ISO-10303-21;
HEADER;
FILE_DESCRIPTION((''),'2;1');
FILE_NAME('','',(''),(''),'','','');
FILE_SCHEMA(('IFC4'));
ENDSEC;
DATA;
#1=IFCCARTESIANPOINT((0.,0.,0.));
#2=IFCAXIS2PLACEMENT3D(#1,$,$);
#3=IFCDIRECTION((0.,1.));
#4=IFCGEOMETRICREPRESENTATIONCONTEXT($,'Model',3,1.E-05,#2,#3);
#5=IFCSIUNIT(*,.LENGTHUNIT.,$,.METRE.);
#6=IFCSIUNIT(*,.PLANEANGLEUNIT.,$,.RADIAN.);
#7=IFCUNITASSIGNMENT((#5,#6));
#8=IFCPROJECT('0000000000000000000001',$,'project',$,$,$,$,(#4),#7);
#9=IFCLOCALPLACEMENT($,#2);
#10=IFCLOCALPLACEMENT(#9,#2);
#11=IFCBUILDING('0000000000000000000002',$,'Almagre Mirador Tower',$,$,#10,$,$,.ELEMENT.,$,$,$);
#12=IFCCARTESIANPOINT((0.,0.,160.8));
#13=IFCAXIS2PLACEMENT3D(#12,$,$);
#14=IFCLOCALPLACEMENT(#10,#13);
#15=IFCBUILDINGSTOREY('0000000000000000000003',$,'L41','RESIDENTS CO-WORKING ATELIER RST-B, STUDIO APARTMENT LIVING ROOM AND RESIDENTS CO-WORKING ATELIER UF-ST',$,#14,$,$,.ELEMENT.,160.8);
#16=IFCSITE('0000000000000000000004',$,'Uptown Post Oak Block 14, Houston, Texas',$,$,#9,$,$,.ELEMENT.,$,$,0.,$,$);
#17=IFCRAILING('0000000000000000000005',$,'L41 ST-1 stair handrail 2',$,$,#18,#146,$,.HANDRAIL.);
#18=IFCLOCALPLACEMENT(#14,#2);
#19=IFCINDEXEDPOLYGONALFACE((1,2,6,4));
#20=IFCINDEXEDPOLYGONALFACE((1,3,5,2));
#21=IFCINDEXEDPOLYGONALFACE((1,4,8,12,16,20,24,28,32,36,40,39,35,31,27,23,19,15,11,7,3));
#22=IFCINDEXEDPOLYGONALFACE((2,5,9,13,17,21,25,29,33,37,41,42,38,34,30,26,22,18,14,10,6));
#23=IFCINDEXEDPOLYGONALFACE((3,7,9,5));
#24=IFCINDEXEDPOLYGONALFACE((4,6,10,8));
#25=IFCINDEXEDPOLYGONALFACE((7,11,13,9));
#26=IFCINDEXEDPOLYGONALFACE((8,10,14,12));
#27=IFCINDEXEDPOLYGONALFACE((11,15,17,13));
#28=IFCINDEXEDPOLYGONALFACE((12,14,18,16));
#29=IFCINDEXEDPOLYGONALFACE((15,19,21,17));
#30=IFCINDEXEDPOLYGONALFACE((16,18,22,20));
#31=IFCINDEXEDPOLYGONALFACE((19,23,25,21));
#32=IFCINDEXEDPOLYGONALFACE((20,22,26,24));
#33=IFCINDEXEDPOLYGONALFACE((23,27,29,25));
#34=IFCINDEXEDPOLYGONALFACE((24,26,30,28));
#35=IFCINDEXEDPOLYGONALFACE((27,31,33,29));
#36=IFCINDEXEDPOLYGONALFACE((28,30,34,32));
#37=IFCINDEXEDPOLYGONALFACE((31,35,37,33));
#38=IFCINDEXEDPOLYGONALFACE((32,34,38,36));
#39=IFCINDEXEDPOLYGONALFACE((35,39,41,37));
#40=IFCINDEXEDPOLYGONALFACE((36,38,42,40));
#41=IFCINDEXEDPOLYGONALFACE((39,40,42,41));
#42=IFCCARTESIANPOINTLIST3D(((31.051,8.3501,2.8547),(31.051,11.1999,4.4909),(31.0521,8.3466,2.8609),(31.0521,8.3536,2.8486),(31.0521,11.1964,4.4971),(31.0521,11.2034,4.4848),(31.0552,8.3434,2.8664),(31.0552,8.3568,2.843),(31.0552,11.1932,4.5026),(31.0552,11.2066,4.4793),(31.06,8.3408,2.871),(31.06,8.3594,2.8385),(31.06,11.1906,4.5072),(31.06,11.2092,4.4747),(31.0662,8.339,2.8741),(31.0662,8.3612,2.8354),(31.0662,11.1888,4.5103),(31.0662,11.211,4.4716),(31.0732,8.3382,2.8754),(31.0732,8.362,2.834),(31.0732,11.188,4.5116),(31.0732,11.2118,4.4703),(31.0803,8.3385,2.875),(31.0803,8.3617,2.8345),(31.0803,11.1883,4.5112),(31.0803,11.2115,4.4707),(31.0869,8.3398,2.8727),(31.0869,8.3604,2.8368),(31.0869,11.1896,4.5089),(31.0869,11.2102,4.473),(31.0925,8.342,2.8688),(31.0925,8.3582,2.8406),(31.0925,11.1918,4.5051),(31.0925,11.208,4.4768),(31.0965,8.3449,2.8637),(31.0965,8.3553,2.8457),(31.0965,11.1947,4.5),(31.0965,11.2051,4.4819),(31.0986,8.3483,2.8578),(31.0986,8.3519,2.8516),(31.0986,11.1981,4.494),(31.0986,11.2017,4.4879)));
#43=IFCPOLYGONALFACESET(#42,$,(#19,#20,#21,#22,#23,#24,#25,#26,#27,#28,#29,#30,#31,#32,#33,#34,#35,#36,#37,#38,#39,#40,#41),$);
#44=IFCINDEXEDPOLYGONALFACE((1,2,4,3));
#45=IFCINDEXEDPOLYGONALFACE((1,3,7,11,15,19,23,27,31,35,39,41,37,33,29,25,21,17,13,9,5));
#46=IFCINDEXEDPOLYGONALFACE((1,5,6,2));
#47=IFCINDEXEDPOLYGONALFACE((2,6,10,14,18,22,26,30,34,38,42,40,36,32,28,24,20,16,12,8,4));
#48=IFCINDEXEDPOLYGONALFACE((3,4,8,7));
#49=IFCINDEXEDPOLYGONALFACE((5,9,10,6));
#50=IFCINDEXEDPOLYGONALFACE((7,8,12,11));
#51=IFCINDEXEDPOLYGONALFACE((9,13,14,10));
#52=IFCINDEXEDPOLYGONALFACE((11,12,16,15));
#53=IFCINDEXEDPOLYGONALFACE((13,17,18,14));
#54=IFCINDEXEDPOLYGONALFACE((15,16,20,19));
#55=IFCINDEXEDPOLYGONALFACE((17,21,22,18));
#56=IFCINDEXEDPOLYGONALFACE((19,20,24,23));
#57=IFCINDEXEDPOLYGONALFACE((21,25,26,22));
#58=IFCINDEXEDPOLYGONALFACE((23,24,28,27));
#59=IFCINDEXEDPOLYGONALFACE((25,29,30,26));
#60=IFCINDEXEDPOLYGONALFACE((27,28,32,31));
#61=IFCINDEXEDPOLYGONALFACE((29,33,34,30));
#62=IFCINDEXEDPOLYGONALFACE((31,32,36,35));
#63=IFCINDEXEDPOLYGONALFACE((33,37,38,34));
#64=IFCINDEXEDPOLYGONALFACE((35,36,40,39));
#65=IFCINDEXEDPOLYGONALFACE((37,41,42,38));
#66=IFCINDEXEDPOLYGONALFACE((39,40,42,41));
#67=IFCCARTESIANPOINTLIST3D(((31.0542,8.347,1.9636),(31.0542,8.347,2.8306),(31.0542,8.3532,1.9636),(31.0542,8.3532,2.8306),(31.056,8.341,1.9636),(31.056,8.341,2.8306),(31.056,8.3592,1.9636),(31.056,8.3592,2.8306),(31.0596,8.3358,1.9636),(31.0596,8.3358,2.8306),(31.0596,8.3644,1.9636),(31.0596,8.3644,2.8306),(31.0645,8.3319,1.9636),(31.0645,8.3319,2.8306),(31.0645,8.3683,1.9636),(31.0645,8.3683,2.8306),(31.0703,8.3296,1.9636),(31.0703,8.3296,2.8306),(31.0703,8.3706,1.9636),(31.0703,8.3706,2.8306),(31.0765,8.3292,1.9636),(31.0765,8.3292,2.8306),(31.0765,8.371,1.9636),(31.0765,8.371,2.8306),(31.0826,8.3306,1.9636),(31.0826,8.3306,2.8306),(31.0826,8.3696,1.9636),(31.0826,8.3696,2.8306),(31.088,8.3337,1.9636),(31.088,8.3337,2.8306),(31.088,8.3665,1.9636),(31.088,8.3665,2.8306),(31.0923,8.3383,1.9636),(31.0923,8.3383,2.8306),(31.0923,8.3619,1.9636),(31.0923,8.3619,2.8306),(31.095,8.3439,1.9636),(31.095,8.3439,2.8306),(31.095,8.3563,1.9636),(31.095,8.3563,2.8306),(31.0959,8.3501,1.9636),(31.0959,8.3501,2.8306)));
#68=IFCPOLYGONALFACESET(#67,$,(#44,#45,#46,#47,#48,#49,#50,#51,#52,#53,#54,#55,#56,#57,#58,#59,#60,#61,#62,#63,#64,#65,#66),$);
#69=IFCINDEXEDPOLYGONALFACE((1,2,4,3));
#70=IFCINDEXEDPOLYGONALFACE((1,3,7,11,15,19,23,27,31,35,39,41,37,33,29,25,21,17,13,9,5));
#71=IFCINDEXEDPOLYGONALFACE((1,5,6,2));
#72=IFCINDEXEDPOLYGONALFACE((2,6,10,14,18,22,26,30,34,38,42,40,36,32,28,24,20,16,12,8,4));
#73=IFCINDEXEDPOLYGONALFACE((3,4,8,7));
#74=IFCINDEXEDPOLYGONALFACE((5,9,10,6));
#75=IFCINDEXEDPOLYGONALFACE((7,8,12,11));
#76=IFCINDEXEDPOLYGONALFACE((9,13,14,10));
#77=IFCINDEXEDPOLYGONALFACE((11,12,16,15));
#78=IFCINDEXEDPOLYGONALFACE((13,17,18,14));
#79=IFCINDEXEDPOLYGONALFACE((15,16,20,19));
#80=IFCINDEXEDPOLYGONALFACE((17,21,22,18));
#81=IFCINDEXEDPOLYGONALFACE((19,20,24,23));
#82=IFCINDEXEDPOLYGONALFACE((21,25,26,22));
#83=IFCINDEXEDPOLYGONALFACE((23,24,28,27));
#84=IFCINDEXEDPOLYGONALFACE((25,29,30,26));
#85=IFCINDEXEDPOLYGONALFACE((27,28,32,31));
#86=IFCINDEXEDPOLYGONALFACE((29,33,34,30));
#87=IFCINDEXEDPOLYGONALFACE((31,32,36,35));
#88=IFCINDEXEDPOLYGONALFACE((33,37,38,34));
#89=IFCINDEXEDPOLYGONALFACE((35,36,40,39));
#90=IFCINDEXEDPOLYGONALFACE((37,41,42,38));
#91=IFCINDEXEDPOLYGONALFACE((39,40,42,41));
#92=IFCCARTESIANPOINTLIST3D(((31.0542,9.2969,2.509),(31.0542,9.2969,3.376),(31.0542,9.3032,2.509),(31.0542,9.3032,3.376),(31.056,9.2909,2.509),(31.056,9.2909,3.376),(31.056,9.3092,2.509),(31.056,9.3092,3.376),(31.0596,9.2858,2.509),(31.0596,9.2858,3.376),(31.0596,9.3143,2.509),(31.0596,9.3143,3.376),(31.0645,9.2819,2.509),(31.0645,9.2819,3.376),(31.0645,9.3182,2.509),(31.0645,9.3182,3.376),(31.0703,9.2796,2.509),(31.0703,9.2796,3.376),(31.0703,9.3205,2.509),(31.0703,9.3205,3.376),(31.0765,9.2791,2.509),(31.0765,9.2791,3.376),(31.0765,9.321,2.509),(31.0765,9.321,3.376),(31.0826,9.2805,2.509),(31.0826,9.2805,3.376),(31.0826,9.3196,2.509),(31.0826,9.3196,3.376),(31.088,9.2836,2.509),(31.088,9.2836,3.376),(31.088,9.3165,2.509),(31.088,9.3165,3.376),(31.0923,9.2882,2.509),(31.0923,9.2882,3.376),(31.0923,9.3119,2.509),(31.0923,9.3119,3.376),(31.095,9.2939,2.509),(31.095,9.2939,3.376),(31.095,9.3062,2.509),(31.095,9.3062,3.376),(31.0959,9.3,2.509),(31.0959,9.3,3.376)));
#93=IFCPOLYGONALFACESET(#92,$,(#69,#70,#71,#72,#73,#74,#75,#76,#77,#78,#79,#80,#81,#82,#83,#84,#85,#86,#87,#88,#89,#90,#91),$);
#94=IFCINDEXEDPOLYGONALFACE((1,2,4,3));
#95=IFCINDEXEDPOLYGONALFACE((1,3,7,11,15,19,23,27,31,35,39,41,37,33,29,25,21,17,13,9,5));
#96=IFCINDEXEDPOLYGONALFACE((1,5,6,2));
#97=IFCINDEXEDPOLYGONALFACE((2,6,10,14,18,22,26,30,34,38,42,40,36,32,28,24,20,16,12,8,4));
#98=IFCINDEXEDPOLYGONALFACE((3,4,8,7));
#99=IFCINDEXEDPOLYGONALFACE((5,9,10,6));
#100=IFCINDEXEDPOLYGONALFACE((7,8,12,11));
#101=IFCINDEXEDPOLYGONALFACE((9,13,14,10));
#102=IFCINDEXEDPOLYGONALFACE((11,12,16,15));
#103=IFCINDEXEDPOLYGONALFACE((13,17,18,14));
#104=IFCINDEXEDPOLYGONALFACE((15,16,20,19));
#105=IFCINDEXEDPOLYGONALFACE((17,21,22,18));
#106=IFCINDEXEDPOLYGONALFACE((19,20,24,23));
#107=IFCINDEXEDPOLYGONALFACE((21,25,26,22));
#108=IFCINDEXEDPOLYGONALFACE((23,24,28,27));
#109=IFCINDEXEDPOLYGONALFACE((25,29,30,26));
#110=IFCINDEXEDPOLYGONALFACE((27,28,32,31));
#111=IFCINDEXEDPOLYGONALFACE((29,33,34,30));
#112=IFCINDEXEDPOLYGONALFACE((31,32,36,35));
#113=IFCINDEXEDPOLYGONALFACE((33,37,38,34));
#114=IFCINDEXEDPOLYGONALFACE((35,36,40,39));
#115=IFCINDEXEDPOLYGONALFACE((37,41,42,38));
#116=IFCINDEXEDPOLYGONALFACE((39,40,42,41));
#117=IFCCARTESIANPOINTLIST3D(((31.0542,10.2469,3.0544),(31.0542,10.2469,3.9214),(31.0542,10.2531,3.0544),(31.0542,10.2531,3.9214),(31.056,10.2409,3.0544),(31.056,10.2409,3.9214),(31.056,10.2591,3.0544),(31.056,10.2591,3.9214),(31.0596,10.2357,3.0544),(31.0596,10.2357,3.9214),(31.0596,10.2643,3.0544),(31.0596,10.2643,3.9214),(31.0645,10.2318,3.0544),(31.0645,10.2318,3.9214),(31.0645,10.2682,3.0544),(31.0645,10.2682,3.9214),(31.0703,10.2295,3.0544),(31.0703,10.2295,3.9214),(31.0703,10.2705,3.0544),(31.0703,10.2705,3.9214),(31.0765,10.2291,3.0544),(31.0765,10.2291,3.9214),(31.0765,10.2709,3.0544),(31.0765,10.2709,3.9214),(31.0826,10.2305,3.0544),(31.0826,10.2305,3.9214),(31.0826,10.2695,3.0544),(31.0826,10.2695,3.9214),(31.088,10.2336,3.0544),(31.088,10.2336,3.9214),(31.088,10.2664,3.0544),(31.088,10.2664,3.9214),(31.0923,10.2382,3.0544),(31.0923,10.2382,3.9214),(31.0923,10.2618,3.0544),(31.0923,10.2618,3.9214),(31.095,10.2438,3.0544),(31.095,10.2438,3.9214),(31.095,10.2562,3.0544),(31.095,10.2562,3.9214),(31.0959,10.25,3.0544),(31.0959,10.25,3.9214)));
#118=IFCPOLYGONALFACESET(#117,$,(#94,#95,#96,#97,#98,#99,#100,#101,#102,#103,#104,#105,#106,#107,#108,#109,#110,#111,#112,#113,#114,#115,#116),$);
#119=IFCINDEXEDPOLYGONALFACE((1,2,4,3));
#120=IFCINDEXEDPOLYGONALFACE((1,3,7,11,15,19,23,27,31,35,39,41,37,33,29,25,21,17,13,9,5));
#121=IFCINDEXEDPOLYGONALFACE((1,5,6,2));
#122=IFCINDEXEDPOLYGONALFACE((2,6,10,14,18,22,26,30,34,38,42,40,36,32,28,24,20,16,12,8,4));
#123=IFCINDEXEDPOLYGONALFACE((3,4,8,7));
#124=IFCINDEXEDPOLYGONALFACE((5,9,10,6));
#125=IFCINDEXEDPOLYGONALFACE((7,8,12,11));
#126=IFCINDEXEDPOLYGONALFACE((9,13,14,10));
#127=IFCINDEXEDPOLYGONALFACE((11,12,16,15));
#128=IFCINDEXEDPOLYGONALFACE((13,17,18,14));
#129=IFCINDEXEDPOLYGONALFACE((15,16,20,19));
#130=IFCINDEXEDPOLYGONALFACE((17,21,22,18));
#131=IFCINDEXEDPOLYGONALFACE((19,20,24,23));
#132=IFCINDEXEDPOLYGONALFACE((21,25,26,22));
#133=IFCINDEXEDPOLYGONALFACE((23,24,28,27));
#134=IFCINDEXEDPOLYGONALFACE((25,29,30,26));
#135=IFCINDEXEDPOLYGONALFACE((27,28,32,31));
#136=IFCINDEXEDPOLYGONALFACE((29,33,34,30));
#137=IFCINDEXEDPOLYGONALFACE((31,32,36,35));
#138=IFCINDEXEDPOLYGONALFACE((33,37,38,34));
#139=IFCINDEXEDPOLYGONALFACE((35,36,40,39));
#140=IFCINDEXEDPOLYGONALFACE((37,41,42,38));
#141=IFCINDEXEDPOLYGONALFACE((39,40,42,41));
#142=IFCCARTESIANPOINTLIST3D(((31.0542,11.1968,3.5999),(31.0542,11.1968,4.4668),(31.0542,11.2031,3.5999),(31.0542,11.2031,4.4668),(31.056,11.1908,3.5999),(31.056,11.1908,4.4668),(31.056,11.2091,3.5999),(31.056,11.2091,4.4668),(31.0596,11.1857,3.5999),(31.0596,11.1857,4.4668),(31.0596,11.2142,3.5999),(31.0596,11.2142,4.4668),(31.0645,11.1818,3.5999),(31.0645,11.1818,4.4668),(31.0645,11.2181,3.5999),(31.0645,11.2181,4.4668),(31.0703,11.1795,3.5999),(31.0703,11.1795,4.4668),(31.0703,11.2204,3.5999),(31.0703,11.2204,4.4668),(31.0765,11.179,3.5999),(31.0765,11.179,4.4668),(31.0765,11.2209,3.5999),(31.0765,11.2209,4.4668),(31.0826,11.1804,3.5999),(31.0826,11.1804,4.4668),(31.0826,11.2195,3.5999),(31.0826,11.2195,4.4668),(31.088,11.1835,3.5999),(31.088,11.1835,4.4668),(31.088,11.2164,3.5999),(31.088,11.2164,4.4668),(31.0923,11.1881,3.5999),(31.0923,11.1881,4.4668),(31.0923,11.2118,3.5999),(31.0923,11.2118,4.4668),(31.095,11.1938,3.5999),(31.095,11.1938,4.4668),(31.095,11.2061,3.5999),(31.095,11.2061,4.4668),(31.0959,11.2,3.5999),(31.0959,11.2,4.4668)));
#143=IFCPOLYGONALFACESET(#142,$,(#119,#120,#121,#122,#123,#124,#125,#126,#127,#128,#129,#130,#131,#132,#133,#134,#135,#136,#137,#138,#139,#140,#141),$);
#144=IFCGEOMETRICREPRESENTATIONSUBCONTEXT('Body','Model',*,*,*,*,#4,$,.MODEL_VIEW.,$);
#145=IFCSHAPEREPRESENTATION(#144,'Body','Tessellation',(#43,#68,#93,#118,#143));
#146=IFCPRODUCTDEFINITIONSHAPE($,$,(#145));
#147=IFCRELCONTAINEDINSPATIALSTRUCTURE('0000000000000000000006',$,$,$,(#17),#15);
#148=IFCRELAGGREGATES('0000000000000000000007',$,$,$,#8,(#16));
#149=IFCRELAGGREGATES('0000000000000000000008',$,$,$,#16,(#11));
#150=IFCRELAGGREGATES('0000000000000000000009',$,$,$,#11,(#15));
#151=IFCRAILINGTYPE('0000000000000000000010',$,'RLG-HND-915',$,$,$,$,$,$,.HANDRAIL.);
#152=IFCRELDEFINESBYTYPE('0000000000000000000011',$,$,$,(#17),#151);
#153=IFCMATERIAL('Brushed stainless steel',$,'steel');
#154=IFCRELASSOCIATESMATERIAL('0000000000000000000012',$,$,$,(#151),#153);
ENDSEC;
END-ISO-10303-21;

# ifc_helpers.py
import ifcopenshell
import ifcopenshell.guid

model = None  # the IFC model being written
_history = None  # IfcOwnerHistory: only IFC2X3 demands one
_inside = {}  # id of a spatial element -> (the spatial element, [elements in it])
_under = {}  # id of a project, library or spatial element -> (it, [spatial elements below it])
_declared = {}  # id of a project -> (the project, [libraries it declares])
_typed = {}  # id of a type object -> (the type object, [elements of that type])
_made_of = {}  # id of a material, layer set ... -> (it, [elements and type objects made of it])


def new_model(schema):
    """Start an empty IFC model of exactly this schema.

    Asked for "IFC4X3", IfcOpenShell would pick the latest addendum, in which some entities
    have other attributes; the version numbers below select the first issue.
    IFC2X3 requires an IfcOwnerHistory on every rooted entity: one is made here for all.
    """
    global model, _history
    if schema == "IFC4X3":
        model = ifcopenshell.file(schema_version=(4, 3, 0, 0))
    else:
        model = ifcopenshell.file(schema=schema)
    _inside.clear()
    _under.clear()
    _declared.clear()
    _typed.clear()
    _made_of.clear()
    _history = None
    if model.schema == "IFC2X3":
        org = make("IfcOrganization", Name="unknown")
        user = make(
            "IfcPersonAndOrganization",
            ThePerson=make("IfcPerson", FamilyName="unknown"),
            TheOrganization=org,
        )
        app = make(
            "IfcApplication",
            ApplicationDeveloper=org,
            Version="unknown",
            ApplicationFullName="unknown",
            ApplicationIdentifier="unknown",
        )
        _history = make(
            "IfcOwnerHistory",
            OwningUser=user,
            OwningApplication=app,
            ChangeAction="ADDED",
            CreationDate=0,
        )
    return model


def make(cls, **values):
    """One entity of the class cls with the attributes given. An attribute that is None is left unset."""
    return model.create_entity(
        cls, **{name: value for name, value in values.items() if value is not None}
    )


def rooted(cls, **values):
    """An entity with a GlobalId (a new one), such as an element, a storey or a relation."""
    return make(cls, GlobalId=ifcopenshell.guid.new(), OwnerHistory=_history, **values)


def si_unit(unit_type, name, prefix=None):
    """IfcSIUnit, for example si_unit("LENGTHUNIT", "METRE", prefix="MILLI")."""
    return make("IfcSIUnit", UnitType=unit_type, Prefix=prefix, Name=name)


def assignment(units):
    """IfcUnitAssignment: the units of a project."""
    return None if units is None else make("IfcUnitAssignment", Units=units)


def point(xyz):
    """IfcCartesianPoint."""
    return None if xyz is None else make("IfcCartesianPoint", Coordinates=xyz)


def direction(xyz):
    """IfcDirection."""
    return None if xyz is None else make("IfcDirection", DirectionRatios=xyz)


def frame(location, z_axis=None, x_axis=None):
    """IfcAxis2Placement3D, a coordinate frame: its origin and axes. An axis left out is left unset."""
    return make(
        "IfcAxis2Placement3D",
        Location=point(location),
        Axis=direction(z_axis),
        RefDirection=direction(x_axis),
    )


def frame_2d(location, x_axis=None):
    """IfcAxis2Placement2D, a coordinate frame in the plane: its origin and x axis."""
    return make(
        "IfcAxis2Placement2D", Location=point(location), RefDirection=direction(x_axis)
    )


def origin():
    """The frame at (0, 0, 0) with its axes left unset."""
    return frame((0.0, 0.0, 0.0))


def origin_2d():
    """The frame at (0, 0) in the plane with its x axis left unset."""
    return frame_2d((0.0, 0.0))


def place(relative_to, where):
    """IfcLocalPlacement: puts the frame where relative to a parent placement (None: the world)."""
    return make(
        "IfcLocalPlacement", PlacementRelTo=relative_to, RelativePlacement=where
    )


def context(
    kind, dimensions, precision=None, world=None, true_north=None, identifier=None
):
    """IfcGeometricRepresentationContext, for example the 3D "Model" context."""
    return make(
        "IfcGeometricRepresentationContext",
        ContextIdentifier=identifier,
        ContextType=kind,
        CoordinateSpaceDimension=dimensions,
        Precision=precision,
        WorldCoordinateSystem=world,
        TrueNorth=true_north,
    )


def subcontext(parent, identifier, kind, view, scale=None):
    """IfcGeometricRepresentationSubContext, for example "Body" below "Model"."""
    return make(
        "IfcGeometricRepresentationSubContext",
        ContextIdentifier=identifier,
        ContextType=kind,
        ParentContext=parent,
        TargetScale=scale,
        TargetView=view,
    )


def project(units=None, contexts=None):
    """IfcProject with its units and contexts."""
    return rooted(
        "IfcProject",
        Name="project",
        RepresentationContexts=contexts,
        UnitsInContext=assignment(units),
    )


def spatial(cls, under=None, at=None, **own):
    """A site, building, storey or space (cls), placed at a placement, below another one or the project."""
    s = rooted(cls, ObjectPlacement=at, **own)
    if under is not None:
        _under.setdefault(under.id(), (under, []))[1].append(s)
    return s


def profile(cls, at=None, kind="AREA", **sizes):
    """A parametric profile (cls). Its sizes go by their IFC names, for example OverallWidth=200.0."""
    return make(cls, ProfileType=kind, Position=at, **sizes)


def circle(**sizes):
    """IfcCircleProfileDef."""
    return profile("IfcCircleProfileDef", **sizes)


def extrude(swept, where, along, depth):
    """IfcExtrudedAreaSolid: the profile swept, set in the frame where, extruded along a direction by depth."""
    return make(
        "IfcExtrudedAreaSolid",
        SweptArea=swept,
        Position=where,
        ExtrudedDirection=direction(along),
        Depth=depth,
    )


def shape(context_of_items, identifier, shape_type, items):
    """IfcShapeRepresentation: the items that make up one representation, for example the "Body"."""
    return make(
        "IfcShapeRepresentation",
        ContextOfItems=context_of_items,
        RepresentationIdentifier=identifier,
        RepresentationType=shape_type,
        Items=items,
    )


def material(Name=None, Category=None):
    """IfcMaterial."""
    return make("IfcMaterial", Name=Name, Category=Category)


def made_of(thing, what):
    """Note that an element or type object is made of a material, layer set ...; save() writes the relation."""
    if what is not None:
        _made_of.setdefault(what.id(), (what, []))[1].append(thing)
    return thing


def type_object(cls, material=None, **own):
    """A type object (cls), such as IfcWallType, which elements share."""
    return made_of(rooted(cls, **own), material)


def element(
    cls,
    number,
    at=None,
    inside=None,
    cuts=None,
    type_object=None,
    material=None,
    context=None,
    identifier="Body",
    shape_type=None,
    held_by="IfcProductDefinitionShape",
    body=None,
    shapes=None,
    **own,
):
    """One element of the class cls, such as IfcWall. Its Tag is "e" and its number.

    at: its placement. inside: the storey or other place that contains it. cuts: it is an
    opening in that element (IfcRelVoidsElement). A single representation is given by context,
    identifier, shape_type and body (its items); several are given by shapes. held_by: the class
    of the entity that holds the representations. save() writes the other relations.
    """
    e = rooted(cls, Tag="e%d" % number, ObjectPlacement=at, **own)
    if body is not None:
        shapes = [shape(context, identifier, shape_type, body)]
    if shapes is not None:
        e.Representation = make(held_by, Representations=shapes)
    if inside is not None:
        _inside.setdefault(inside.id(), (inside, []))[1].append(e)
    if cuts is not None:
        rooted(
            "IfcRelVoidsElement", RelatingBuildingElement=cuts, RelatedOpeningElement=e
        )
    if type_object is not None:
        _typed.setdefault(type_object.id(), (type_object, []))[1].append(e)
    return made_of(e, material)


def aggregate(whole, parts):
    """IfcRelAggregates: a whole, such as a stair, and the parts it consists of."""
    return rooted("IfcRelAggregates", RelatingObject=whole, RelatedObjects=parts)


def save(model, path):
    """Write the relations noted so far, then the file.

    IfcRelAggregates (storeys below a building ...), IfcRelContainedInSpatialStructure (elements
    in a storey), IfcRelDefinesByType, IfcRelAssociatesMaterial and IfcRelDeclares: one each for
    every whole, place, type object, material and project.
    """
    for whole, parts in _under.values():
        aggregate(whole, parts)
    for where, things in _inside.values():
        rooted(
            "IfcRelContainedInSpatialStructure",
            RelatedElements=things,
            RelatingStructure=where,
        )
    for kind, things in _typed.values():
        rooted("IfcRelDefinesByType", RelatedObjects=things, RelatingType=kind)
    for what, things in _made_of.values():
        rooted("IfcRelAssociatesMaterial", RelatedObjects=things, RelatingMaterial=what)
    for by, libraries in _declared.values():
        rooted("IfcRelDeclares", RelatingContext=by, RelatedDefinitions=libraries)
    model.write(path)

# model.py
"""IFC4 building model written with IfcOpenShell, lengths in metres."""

from ifc_helpers import new_model, si_unit, direction, frame, origin, origin_2d, place, context, subcontext, project, spatial, circle, extrude, material, type_object, element, save


model = new_model("IFC4")

# Units and contexts
model_context = context("Model", 3, precision=1e-05, world=origin(), true_north=direction((0.0, 1.0)))
body_context = subcontext(model_context, "Body", "Model", "MODEL_VIEW")
ifc_project = project(units=[si_unit("LENGTHUNIT", "METRE"), si_unit("PLANEANGLEUNIT", "RADIAN")], contexts=[model_context])

# Site, building, storey
site_placement = place(None, origin())
site = spatial("IfcSite", under=ifc_project, at=site_placement, Name="Uptown Post Oak Block 14, Houston, Texas", CompositionType="ELEMENT", RefElevation=0.0)
building_placement = place(site_placement, origin())
building = spatial("IfcBuilding", under=site, at=building_placement, Name="Almagre Mirador Tower", CompositionType="ELEMENT")
storey_placement = place(building_placement, frame((0.0, 0.0, 160.8)))
storey = spatial("IfcBuildingStorey", under=building, at=storey_placement, Name="L41", Description="RESIDENTS CO-WORKING ATELIER RST-B, STUDIO APARTMENT LIVING ROOM AND RESIDENTS CO-WORKING ATELIER UF-ST", CompositionType="ELEMENT", Elevation=160.8)

# Railing
ifc_material_1 = material(Name="Brushed stainless steel", Category="steel")
railing_type_1 = type_object("IfcRailingType", Name="RLG-HND-915", PredefinedType="HANDRAIL", material=ifc_material_1)
railing_1_placement = place(storey_placement, frame((31.075, 8.3501, 1.9636)))
element("IfcRailing", 1, at=railing_1_placement, inside=storey, type_object=railing_type_1, Name="L41 ST-1 stair handrail 2", PredefinedType="HANDRAIL", context=body_context, shape_type="SweptSolid", body=[
    extrude(circle(Radius=0.0239, at=origin_2d()), frame((0.0, 0.0, 0.8911), z_axis=(0.0, 0.867226, 0.497914), x_axis=(-1.0, 0.0, 0.0)), (0.0, 0.0, 1.0), 3.2861),
    extrude(circle(Radius=0.021, at=origin_2d()), origin(), (0.0, 0.0, 1.0), 0.8669),
    extrude(circle(Radius=0.021, at=origin_2d()), frame((0.0, 0.95, 0.5454)), (0.0, 0.0, 1.0), 0.8669),
    extrude(circle(Radius=0.021, at=origin_2d()), frame((0.0, 1.8999, 1.0908)), (0.0, 0.0, 1.0), 0.8669),
    extrude(circle(Radius=0.021, at=origin_2d()), frame((0.0, 2.8499, 1.6362)), (0.0, 0.0, 1.0), 0.8669),
])

save(model, "model.ifc")
